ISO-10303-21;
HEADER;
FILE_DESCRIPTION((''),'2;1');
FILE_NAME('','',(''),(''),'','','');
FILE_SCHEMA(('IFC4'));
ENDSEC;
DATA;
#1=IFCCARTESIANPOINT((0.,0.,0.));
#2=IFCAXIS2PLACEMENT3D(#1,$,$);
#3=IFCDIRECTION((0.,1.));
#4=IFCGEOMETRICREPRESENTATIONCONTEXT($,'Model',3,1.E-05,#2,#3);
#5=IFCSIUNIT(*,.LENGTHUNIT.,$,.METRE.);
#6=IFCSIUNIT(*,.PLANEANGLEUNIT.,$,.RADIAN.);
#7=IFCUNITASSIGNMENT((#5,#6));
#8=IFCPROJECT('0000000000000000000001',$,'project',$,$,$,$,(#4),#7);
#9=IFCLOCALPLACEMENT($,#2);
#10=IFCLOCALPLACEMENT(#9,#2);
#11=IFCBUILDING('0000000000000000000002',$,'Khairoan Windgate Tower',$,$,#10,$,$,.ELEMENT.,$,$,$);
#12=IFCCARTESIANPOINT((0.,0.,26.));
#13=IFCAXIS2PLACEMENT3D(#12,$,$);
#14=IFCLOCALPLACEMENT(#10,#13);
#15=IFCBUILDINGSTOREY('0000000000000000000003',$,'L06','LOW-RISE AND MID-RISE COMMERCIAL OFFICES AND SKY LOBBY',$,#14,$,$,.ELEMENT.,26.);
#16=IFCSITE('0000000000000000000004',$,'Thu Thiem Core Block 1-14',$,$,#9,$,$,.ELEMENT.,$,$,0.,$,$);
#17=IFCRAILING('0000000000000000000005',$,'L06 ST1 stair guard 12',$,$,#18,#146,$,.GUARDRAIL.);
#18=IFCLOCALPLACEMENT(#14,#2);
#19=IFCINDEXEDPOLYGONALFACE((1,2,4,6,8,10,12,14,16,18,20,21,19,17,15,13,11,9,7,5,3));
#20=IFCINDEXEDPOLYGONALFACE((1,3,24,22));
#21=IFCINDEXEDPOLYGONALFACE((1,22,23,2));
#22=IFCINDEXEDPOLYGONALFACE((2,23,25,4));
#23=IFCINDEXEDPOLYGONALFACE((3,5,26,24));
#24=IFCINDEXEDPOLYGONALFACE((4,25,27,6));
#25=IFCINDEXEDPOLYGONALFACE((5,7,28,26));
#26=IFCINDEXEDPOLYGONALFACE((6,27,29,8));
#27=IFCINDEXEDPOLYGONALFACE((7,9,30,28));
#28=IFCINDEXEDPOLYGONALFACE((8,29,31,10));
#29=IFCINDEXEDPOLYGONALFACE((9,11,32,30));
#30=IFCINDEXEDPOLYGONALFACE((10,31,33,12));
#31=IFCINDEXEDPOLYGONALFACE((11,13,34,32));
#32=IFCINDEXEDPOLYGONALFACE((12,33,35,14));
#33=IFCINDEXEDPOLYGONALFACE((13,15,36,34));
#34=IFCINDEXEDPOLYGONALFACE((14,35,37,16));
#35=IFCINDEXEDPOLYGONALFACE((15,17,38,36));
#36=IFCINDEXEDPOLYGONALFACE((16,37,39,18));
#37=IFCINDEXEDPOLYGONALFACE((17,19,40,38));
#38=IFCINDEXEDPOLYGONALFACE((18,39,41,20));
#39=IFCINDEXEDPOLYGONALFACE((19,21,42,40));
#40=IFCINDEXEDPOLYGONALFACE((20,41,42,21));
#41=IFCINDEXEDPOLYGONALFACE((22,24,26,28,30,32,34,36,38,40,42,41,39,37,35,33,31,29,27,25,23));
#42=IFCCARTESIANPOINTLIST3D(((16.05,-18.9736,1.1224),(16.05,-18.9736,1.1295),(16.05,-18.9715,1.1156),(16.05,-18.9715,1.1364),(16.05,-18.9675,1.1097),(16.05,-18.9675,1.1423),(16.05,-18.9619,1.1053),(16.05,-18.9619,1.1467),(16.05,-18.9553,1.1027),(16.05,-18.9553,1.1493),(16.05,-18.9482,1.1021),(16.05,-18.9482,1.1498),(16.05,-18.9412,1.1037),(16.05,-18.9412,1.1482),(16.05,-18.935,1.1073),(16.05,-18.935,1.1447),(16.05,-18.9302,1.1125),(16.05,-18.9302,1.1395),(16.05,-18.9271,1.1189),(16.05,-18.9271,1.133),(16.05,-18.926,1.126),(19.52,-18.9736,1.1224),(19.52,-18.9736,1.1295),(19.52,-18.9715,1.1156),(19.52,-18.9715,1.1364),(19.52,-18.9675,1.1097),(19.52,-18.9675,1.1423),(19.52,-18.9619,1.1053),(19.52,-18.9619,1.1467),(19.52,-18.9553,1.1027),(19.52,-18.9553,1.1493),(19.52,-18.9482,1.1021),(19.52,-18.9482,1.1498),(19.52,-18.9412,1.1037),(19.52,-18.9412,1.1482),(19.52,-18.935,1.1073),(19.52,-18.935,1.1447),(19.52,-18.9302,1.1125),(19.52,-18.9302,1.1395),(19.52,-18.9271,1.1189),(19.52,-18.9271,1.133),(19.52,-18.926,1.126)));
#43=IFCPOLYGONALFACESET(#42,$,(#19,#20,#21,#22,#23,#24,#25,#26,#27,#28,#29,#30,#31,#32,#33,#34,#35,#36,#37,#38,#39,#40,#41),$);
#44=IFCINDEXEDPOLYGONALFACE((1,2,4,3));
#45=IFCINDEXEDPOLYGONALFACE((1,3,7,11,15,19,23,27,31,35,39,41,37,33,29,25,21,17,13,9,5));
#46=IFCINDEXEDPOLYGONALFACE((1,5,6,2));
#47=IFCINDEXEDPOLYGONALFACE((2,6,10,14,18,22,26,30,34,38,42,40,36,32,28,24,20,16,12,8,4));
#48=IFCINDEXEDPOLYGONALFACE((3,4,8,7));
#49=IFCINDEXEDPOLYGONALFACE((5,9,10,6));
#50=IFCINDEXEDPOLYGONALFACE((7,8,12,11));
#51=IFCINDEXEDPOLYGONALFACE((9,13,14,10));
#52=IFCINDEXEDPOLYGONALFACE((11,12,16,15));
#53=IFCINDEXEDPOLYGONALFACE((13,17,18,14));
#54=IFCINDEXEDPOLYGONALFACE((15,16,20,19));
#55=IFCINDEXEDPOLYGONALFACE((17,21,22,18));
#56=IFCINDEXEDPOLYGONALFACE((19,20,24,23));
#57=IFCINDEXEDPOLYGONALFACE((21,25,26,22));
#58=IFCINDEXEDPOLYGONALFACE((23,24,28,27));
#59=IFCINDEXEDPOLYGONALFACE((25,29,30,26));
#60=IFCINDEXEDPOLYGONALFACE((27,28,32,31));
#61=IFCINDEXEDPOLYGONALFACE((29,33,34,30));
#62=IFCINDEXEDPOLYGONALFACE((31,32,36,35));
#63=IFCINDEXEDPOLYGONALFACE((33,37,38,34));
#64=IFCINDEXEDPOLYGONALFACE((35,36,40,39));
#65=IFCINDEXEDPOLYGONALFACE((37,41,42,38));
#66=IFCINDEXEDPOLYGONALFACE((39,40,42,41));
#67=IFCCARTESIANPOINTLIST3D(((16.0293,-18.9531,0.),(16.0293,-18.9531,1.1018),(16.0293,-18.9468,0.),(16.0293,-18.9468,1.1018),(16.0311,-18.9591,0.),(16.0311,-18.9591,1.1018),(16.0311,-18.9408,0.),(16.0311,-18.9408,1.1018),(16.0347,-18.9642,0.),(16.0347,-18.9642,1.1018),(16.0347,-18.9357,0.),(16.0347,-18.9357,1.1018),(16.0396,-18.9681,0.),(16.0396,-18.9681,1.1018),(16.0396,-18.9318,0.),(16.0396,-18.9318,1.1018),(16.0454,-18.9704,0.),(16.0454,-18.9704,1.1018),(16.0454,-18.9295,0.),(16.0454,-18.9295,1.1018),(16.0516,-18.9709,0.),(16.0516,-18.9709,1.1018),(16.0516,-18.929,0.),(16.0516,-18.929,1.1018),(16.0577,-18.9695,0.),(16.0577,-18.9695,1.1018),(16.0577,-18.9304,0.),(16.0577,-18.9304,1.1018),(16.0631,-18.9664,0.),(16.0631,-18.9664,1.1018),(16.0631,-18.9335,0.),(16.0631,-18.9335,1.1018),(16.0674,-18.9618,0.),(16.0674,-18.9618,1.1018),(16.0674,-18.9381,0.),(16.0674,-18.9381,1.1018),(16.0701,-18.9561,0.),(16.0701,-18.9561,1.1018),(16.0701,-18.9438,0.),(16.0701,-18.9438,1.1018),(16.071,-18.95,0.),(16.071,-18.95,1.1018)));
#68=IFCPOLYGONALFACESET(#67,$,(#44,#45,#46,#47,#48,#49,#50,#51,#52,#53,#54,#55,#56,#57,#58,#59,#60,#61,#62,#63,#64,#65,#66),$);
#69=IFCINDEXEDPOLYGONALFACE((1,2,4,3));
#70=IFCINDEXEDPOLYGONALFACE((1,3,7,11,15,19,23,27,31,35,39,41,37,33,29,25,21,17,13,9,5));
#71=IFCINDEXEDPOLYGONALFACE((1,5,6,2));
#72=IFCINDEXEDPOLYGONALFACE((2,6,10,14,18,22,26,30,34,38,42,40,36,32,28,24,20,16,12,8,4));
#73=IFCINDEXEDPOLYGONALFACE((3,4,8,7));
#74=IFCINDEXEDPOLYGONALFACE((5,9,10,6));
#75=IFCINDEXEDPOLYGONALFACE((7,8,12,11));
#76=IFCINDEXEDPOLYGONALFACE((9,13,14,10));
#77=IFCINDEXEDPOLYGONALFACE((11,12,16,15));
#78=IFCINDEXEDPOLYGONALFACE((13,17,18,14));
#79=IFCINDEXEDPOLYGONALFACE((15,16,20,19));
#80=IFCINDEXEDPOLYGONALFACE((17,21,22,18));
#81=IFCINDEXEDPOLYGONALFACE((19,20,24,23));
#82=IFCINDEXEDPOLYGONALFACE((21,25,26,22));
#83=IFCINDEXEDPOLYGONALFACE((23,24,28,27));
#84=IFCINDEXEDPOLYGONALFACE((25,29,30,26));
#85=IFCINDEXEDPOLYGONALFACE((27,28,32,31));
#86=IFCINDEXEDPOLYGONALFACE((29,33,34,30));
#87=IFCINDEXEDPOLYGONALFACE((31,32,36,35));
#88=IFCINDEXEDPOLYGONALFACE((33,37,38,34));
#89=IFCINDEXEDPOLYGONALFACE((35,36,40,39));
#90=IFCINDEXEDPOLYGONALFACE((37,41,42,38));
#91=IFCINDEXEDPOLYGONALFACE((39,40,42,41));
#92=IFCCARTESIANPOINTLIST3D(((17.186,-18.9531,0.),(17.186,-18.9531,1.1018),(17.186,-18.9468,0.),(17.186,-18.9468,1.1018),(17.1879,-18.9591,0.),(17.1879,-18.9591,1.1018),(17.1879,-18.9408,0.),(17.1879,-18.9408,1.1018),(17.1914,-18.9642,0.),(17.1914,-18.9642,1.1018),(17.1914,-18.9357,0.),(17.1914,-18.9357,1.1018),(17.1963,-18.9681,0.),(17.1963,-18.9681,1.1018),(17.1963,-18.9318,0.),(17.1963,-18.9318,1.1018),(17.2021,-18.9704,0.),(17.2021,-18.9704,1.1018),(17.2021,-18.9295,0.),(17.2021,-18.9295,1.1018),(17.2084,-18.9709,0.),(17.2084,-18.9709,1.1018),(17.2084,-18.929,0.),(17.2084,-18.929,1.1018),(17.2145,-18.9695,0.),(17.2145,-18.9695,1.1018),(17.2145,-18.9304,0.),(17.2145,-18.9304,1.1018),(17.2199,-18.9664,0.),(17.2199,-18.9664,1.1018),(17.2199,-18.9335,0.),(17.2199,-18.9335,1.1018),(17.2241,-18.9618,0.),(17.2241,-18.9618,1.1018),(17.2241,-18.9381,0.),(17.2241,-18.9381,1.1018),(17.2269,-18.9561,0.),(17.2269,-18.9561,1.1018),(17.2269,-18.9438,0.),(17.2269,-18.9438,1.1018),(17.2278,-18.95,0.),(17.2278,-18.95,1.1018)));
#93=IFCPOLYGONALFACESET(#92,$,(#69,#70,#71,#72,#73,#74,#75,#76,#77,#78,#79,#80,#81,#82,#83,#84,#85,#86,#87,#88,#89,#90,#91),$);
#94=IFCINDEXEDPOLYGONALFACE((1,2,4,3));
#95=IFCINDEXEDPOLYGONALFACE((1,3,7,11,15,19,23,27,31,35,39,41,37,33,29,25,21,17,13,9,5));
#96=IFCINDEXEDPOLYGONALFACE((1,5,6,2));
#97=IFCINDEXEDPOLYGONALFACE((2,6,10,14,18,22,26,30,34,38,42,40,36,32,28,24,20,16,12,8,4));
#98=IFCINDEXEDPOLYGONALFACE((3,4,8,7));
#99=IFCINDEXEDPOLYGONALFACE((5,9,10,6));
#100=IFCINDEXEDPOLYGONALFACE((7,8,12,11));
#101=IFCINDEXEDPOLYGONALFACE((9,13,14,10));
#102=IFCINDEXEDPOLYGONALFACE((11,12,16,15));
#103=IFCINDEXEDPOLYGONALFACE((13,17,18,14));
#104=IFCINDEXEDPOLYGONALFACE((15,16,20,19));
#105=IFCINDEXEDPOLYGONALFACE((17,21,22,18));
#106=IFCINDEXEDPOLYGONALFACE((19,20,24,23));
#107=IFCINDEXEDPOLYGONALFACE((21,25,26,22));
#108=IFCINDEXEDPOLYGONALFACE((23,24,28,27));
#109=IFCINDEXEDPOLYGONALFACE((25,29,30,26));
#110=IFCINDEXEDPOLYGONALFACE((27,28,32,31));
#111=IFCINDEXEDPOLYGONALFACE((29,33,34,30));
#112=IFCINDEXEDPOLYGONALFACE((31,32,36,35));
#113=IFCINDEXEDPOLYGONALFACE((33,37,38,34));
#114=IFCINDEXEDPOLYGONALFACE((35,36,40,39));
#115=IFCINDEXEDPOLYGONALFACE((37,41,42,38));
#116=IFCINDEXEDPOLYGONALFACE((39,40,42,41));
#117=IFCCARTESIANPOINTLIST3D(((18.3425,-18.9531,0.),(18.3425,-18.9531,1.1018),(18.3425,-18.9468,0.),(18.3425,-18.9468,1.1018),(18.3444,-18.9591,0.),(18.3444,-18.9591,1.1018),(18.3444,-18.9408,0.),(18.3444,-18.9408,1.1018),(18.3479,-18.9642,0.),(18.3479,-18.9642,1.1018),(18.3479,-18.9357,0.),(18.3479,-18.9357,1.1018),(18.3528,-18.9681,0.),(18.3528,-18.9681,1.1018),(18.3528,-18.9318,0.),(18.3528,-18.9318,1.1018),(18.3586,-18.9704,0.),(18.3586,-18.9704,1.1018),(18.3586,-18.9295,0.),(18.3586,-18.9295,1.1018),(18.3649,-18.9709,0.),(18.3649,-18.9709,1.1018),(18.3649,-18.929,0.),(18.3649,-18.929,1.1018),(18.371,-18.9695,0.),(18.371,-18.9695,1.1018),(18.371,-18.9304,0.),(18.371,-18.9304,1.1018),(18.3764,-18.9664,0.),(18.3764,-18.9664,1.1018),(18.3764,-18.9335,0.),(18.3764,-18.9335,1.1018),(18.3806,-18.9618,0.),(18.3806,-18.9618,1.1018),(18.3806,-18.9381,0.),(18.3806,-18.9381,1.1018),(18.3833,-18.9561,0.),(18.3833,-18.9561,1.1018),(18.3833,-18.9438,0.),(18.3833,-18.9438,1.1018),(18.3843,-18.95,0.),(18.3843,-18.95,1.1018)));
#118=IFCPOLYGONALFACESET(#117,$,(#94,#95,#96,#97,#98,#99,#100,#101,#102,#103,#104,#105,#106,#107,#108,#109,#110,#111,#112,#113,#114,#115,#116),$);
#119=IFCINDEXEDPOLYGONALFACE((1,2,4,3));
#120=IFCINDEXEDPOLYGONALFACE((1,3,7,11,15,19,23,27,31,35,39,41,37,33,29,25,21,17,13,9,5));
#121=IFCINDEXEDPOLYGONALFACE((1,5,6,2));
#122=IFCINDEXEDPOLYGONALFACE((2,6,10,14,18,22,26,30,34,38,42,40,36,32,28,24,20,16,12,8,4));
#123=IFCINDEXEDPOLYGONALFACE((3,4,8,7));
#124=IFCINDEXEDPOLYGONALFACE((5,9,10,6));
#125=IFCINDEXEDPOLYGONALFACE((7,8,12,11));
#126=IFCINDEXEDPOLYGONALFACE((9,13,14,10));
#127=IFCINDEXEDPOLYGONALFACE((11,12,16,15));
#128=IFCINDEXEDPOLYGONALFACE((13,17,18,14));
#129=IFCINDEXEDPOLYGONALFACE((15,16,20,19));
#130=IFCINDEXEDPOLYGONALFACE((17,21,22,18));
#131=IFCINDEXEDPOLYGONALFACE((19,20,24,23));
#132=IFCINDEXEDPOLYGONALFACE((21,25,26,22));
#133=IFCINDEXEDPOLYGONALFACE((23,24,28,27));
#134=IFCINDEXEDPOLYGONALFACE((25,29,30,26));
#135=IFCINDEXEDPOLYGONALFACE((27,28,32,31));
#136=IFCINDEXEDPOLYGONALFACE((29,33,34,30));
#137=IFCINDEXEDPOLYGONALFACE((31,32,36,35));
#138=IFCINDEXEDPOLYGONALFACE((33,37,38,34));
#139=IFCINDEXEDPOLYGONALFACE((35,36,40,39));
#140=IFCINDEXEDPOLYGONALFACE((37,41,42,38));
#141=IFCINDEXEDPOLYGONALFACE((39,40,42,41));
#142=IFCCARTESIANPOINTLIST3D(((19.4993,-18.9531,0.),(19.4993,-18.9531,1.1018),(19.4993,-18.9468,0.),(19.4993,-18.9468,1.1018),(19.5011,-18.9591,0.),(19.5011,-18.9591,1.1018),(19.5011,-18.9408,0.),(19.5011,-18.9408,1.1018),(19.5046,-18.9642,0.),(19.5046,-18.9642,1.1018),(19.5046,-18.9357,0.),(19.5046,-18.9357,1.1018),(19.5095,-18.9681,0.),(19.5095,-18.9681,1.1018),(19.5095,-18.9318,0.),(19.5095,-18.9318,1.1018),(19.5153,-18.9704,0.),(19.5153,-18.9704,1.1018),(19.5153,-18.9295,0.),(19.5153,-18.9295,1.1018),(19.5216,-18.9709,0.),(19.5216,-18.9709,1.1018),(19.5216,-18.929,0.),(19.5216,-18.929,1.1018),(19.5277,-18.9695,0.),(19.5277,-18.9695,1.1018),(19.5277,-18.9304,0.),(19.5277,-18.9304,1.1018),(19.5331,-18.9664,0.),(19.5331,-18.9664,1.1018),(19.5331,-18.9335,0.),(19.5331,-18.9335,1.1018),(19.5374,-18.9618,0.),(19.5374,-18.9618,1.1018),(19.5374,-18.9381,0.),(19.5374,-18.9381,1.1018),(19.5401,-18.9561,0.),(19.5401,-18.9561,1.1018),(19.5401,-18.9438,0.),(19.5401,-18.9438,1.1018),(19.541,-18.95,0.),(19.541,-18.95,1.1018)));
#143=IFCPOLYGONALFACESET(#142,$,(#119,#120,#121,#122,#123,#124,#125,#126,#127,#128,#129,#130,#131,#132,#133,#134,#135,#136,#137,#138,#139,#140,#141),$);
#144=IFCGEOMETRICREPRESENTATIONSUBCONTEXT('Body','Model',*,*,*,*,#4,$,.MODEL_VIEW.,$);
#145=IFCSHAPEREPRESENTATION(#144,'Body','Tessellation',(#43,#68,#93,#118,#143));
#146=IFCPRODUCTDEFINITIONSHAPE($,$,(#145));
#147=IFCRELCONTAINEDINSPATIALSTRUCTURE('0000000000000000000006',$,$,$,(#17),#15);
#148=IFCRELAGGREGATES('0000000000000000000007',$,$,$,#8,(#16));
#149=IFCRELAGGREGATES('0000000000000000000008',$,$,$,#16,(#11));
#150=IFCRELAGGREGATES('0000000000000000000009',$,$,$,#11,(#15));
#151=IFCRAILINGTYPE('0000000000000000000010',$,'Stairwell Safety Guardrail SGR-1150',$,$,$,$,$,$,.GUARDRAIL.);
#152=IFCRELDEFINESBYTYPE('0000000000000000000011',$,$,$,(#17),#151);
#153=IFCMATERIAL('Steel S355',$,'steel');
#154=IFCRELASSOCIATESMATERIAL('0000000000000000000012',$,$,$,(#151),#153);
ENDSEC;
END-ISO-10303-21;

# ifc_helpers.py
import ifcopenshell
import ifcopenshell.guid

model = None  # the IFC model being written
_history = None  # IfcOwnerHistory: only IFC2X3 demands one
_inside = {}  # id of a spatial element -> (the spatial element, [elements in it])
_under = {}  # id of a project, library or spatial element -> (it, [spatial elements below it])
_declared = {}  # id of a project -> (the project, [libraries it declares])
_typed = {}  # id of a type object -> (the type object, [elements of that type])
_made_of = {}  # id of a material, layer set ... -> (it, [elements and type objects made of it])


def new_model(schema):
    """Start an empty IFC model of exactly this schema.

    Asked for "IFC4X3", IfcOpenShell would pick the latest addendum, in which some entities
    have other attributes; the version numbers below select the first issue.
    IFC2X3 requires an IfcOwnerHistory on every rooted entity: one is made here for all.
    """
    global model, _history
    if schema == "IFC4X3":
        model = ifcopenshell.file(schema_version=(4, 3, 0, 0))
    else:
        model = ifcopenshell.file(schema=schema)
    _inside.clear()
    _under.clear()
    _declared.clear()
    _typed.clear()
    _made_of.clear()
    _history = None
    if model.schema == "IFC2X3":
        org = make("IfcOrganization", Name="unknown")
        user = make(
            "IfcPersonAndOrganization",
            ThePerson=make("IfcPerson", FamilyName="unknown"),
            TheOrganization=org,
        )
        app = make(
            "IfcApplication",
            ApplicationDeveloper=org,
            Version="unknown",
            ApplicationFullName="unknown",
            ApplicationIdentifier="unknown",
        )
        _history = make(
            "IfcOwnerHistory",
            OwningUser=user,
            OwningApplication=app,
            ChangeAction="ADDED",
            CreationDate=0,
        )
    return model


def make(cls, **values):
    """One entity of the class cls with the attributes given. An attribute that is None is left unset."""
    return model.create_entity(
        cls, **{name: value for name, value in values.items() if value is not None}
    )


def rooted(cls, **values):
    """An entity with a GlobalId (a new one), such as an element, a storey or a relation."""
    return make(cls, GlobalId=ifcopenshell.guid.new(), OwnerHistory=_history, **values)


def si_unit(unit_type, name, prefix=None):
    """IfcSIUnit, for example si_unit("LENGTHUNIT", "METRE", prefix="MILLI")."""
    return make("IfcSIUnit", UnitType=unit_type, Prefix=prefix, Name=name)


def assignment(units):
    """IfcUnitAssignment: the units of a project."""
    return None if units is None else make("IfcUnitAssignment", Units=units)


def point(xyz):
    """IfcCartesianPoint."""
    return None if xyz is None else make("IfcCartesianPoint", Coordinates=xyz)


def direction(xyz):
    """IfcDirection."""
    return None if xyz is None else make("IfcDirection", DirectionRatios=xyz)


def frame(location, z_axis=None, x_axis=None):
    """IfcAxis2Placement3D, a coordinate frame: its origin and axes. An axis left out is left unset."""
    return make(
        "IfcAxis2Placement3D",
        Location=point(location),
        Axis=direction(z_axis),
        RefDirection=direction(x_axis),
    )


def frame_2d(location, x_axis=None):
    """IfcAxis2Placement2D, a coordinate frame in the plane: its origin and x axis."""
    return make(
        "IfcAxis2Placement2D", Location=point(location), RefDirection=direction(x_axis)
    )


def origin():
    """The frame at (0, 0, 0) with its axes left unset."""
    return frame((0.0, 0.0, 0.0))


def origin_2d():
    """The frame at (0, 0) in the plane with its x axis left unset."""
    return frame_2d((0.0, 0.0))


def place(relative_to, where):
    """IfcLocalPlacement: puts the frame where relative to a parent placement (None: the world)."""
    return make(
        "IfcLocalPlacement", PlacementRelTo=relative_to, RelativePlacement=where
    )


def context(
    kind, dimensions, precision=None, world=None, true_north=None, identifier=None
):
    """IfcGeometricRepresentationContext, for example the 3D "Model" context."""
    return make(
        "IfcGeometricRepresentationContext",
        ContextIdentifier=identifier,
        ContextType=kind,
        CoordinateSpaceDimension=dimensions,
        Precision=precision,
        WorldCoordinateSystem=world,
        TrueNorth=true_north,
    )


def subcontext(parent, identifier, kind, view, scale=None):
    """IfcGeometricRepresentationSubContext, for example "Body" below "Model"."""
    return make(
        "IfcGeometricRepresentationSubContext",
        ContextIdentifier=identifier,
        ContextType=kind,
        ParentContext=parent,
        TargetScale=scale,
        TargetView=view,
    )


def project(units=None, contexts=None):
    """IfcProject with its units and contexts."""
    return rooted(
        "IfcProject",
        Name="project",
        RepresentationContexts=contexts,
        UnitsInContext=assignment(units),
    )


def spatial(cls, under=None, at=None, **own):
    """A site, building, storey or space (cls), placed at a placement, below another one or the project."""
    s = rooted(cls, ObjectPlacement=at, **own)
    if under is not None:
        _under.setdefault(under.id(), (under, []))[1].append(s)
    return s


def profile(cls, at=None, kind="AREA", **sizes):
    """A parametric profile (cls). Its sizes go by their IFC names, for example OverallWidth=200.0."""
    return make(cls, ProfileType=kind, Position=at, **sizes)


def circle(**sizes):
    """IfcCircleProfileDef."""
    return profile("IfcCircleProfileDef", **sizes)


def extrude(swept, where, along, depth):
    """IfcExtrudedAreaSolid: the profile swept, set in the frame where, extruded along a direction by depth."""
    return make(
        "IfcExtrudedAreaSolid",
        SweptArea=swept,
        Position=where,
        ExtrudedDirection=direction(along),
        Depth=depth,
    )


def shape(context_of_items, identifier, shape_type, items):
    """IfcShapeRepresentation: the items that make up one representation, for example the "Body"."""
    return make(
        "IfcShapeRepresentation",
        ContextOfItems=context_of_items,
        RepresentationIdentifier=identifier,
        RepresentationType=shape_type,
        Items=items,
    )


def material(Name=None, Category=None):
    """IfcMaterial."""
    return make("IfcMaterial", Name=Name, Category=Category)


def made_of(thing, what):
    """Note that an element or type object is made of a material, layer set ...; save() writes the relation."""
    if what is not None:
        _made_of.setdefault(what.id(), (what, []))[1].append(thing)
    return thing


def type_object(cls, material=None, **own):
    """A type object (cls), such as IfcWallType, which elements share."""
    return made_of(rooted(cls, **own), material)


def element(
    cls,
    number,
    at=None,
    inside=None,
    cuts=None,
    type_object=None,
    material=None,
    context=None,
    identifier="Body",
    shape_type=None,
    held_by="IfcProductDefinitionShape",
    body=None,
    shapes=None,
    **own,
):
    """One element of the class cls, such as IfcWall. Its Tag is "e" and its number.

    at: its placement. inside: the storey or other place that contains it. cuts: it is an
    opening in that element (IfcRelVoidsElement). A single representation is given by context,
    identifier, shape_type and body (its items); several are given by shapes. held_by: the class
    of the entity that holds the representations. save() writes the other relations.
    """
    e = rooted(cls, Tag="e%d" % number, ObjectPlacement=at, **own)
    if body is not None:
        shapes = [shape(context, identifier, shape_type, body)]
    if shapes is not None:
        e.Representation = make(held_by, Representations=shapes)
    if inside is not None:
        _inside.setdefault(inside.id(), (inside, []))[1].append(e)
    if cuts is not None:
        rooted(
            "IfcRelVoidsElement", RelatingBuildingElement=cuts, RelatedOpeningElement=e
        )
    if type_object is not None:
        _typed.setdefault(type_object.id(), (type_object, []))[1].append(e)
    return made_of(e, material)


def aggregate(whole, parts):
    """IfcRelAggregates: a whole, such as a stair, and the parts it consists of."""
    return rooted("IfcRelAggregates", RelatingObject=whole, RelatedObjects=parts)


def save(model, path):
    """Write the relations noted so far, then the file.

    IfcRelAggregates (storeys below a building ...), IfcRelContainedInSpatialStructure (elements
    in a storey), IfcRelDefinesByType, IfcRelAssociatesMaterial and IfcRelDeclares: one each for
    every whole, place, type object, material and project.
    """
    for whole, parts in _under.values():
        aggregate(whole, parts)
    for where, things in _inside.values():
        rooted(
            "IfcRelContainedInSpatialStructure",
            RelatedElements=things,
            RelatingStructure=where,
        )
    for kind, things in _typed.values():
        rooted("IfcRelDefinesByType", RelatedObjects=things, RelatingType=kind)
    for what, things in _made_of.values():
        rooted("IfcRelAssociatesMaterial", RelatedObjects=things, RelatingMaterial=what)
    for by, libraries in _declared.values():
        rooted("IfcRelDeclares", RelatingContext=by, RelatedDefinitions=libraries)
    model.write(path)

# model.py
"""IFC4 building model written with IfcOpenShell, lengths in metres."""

from ifc_helpers import new_model, si_unit, direction, frame, origin, origin_2d, place, context, subcontext, project, spatial, circle, extrude, material, type_object, element, save


model = new_model("IFC4")

# Units and contexts
model_context = context("Model", 3, precision=1e-05, world=origin(), true_north=direction((0.0, 1.0)))
body_context = subcontext(model_context, "Body", "Model", "MODEL_VIEW")
ifc_project = project(units=[si_unit("LENGTHUNIT", "METRE"), si_unit("PLANEANGLEUNIT", "RADIAN")], contexts=[model_context])

# Site, building, storey
site_placement = place(None, origin())
site = spatial("IfcSite", under=ifc_project, at=site_placement, Name="Thu Thiem Core Block 1-14", CompositionType="ELEMENT", RefElevation=0.0)
building_placement = place(site_placement, origin())
building = spatial("IfcBuilding", under=site, at=building_placement, Name="Khairoan Windgate Tower", CompositionType="ELEMENT")
storey_placement = place(building_placement, frame((0.0, 0.0, 26.0)))
storey = spatial("IfcBuildingStorey", under=building, at=storey_placement, Name="L06", Description="LOW-RISE AND MID-RISE COMMERCIAL OFFICES AND SKY LOBBY", CompositionType="ELEMENT", Elevation=26.0)

# Railing
ifc_material_1 = material(Name="Steel S355", Category="steel")
railing_type_1 = type_object("IfcRailingType", Name="Stairwell Safety Guardrail SGR-1150", PredefinedType="GUARDRAIL", material=ifc_material_1)
railing_1_placement = place(storey_placement, frame((16.05, -18.95, 0.0)))
element("IfcRailing", 1, at=railing_1_placement, inside=storey, type_object=railing_type_1, Name="L06 ST1 stair guard 12", PredefinedType="GUARDRAIL", context=body_context, shape_type="SweptSolid", body=[
    extrude(circle(Radius=0.0239, at=origin_2d()), frame((0.0, 0.0, 1.126), z_axis=(1.0, 0.0, 0.0), x_axis=(0.0, 1.0, 0.0)), (0.0, 0.0, 1.0), 3.47),
    extrude(circle(Radius=0.021, at=origin_2d()), origin(), (0.0, 0.0, 1.0), 1.1018),
    extrude(circle(Radius=0.021, at=origin_2d()), frame((1.1567, 0.0, 0.0)), (0.0, 0.0, 1.0), 1.1018),
    extrude(circle(Radius=0.021, at=origin_2d()), frame((2.3132, 0.0, 0.0)), (0.0, 0.0, 1.0), 1.1018),
    extrude(circle(Radius=0.021, at=origin_2d()), frame((3.47, 0.0, 0.0)), (0.0, 0.0, 1.0), 1.1018),
])

save(model, "model.ifc")
